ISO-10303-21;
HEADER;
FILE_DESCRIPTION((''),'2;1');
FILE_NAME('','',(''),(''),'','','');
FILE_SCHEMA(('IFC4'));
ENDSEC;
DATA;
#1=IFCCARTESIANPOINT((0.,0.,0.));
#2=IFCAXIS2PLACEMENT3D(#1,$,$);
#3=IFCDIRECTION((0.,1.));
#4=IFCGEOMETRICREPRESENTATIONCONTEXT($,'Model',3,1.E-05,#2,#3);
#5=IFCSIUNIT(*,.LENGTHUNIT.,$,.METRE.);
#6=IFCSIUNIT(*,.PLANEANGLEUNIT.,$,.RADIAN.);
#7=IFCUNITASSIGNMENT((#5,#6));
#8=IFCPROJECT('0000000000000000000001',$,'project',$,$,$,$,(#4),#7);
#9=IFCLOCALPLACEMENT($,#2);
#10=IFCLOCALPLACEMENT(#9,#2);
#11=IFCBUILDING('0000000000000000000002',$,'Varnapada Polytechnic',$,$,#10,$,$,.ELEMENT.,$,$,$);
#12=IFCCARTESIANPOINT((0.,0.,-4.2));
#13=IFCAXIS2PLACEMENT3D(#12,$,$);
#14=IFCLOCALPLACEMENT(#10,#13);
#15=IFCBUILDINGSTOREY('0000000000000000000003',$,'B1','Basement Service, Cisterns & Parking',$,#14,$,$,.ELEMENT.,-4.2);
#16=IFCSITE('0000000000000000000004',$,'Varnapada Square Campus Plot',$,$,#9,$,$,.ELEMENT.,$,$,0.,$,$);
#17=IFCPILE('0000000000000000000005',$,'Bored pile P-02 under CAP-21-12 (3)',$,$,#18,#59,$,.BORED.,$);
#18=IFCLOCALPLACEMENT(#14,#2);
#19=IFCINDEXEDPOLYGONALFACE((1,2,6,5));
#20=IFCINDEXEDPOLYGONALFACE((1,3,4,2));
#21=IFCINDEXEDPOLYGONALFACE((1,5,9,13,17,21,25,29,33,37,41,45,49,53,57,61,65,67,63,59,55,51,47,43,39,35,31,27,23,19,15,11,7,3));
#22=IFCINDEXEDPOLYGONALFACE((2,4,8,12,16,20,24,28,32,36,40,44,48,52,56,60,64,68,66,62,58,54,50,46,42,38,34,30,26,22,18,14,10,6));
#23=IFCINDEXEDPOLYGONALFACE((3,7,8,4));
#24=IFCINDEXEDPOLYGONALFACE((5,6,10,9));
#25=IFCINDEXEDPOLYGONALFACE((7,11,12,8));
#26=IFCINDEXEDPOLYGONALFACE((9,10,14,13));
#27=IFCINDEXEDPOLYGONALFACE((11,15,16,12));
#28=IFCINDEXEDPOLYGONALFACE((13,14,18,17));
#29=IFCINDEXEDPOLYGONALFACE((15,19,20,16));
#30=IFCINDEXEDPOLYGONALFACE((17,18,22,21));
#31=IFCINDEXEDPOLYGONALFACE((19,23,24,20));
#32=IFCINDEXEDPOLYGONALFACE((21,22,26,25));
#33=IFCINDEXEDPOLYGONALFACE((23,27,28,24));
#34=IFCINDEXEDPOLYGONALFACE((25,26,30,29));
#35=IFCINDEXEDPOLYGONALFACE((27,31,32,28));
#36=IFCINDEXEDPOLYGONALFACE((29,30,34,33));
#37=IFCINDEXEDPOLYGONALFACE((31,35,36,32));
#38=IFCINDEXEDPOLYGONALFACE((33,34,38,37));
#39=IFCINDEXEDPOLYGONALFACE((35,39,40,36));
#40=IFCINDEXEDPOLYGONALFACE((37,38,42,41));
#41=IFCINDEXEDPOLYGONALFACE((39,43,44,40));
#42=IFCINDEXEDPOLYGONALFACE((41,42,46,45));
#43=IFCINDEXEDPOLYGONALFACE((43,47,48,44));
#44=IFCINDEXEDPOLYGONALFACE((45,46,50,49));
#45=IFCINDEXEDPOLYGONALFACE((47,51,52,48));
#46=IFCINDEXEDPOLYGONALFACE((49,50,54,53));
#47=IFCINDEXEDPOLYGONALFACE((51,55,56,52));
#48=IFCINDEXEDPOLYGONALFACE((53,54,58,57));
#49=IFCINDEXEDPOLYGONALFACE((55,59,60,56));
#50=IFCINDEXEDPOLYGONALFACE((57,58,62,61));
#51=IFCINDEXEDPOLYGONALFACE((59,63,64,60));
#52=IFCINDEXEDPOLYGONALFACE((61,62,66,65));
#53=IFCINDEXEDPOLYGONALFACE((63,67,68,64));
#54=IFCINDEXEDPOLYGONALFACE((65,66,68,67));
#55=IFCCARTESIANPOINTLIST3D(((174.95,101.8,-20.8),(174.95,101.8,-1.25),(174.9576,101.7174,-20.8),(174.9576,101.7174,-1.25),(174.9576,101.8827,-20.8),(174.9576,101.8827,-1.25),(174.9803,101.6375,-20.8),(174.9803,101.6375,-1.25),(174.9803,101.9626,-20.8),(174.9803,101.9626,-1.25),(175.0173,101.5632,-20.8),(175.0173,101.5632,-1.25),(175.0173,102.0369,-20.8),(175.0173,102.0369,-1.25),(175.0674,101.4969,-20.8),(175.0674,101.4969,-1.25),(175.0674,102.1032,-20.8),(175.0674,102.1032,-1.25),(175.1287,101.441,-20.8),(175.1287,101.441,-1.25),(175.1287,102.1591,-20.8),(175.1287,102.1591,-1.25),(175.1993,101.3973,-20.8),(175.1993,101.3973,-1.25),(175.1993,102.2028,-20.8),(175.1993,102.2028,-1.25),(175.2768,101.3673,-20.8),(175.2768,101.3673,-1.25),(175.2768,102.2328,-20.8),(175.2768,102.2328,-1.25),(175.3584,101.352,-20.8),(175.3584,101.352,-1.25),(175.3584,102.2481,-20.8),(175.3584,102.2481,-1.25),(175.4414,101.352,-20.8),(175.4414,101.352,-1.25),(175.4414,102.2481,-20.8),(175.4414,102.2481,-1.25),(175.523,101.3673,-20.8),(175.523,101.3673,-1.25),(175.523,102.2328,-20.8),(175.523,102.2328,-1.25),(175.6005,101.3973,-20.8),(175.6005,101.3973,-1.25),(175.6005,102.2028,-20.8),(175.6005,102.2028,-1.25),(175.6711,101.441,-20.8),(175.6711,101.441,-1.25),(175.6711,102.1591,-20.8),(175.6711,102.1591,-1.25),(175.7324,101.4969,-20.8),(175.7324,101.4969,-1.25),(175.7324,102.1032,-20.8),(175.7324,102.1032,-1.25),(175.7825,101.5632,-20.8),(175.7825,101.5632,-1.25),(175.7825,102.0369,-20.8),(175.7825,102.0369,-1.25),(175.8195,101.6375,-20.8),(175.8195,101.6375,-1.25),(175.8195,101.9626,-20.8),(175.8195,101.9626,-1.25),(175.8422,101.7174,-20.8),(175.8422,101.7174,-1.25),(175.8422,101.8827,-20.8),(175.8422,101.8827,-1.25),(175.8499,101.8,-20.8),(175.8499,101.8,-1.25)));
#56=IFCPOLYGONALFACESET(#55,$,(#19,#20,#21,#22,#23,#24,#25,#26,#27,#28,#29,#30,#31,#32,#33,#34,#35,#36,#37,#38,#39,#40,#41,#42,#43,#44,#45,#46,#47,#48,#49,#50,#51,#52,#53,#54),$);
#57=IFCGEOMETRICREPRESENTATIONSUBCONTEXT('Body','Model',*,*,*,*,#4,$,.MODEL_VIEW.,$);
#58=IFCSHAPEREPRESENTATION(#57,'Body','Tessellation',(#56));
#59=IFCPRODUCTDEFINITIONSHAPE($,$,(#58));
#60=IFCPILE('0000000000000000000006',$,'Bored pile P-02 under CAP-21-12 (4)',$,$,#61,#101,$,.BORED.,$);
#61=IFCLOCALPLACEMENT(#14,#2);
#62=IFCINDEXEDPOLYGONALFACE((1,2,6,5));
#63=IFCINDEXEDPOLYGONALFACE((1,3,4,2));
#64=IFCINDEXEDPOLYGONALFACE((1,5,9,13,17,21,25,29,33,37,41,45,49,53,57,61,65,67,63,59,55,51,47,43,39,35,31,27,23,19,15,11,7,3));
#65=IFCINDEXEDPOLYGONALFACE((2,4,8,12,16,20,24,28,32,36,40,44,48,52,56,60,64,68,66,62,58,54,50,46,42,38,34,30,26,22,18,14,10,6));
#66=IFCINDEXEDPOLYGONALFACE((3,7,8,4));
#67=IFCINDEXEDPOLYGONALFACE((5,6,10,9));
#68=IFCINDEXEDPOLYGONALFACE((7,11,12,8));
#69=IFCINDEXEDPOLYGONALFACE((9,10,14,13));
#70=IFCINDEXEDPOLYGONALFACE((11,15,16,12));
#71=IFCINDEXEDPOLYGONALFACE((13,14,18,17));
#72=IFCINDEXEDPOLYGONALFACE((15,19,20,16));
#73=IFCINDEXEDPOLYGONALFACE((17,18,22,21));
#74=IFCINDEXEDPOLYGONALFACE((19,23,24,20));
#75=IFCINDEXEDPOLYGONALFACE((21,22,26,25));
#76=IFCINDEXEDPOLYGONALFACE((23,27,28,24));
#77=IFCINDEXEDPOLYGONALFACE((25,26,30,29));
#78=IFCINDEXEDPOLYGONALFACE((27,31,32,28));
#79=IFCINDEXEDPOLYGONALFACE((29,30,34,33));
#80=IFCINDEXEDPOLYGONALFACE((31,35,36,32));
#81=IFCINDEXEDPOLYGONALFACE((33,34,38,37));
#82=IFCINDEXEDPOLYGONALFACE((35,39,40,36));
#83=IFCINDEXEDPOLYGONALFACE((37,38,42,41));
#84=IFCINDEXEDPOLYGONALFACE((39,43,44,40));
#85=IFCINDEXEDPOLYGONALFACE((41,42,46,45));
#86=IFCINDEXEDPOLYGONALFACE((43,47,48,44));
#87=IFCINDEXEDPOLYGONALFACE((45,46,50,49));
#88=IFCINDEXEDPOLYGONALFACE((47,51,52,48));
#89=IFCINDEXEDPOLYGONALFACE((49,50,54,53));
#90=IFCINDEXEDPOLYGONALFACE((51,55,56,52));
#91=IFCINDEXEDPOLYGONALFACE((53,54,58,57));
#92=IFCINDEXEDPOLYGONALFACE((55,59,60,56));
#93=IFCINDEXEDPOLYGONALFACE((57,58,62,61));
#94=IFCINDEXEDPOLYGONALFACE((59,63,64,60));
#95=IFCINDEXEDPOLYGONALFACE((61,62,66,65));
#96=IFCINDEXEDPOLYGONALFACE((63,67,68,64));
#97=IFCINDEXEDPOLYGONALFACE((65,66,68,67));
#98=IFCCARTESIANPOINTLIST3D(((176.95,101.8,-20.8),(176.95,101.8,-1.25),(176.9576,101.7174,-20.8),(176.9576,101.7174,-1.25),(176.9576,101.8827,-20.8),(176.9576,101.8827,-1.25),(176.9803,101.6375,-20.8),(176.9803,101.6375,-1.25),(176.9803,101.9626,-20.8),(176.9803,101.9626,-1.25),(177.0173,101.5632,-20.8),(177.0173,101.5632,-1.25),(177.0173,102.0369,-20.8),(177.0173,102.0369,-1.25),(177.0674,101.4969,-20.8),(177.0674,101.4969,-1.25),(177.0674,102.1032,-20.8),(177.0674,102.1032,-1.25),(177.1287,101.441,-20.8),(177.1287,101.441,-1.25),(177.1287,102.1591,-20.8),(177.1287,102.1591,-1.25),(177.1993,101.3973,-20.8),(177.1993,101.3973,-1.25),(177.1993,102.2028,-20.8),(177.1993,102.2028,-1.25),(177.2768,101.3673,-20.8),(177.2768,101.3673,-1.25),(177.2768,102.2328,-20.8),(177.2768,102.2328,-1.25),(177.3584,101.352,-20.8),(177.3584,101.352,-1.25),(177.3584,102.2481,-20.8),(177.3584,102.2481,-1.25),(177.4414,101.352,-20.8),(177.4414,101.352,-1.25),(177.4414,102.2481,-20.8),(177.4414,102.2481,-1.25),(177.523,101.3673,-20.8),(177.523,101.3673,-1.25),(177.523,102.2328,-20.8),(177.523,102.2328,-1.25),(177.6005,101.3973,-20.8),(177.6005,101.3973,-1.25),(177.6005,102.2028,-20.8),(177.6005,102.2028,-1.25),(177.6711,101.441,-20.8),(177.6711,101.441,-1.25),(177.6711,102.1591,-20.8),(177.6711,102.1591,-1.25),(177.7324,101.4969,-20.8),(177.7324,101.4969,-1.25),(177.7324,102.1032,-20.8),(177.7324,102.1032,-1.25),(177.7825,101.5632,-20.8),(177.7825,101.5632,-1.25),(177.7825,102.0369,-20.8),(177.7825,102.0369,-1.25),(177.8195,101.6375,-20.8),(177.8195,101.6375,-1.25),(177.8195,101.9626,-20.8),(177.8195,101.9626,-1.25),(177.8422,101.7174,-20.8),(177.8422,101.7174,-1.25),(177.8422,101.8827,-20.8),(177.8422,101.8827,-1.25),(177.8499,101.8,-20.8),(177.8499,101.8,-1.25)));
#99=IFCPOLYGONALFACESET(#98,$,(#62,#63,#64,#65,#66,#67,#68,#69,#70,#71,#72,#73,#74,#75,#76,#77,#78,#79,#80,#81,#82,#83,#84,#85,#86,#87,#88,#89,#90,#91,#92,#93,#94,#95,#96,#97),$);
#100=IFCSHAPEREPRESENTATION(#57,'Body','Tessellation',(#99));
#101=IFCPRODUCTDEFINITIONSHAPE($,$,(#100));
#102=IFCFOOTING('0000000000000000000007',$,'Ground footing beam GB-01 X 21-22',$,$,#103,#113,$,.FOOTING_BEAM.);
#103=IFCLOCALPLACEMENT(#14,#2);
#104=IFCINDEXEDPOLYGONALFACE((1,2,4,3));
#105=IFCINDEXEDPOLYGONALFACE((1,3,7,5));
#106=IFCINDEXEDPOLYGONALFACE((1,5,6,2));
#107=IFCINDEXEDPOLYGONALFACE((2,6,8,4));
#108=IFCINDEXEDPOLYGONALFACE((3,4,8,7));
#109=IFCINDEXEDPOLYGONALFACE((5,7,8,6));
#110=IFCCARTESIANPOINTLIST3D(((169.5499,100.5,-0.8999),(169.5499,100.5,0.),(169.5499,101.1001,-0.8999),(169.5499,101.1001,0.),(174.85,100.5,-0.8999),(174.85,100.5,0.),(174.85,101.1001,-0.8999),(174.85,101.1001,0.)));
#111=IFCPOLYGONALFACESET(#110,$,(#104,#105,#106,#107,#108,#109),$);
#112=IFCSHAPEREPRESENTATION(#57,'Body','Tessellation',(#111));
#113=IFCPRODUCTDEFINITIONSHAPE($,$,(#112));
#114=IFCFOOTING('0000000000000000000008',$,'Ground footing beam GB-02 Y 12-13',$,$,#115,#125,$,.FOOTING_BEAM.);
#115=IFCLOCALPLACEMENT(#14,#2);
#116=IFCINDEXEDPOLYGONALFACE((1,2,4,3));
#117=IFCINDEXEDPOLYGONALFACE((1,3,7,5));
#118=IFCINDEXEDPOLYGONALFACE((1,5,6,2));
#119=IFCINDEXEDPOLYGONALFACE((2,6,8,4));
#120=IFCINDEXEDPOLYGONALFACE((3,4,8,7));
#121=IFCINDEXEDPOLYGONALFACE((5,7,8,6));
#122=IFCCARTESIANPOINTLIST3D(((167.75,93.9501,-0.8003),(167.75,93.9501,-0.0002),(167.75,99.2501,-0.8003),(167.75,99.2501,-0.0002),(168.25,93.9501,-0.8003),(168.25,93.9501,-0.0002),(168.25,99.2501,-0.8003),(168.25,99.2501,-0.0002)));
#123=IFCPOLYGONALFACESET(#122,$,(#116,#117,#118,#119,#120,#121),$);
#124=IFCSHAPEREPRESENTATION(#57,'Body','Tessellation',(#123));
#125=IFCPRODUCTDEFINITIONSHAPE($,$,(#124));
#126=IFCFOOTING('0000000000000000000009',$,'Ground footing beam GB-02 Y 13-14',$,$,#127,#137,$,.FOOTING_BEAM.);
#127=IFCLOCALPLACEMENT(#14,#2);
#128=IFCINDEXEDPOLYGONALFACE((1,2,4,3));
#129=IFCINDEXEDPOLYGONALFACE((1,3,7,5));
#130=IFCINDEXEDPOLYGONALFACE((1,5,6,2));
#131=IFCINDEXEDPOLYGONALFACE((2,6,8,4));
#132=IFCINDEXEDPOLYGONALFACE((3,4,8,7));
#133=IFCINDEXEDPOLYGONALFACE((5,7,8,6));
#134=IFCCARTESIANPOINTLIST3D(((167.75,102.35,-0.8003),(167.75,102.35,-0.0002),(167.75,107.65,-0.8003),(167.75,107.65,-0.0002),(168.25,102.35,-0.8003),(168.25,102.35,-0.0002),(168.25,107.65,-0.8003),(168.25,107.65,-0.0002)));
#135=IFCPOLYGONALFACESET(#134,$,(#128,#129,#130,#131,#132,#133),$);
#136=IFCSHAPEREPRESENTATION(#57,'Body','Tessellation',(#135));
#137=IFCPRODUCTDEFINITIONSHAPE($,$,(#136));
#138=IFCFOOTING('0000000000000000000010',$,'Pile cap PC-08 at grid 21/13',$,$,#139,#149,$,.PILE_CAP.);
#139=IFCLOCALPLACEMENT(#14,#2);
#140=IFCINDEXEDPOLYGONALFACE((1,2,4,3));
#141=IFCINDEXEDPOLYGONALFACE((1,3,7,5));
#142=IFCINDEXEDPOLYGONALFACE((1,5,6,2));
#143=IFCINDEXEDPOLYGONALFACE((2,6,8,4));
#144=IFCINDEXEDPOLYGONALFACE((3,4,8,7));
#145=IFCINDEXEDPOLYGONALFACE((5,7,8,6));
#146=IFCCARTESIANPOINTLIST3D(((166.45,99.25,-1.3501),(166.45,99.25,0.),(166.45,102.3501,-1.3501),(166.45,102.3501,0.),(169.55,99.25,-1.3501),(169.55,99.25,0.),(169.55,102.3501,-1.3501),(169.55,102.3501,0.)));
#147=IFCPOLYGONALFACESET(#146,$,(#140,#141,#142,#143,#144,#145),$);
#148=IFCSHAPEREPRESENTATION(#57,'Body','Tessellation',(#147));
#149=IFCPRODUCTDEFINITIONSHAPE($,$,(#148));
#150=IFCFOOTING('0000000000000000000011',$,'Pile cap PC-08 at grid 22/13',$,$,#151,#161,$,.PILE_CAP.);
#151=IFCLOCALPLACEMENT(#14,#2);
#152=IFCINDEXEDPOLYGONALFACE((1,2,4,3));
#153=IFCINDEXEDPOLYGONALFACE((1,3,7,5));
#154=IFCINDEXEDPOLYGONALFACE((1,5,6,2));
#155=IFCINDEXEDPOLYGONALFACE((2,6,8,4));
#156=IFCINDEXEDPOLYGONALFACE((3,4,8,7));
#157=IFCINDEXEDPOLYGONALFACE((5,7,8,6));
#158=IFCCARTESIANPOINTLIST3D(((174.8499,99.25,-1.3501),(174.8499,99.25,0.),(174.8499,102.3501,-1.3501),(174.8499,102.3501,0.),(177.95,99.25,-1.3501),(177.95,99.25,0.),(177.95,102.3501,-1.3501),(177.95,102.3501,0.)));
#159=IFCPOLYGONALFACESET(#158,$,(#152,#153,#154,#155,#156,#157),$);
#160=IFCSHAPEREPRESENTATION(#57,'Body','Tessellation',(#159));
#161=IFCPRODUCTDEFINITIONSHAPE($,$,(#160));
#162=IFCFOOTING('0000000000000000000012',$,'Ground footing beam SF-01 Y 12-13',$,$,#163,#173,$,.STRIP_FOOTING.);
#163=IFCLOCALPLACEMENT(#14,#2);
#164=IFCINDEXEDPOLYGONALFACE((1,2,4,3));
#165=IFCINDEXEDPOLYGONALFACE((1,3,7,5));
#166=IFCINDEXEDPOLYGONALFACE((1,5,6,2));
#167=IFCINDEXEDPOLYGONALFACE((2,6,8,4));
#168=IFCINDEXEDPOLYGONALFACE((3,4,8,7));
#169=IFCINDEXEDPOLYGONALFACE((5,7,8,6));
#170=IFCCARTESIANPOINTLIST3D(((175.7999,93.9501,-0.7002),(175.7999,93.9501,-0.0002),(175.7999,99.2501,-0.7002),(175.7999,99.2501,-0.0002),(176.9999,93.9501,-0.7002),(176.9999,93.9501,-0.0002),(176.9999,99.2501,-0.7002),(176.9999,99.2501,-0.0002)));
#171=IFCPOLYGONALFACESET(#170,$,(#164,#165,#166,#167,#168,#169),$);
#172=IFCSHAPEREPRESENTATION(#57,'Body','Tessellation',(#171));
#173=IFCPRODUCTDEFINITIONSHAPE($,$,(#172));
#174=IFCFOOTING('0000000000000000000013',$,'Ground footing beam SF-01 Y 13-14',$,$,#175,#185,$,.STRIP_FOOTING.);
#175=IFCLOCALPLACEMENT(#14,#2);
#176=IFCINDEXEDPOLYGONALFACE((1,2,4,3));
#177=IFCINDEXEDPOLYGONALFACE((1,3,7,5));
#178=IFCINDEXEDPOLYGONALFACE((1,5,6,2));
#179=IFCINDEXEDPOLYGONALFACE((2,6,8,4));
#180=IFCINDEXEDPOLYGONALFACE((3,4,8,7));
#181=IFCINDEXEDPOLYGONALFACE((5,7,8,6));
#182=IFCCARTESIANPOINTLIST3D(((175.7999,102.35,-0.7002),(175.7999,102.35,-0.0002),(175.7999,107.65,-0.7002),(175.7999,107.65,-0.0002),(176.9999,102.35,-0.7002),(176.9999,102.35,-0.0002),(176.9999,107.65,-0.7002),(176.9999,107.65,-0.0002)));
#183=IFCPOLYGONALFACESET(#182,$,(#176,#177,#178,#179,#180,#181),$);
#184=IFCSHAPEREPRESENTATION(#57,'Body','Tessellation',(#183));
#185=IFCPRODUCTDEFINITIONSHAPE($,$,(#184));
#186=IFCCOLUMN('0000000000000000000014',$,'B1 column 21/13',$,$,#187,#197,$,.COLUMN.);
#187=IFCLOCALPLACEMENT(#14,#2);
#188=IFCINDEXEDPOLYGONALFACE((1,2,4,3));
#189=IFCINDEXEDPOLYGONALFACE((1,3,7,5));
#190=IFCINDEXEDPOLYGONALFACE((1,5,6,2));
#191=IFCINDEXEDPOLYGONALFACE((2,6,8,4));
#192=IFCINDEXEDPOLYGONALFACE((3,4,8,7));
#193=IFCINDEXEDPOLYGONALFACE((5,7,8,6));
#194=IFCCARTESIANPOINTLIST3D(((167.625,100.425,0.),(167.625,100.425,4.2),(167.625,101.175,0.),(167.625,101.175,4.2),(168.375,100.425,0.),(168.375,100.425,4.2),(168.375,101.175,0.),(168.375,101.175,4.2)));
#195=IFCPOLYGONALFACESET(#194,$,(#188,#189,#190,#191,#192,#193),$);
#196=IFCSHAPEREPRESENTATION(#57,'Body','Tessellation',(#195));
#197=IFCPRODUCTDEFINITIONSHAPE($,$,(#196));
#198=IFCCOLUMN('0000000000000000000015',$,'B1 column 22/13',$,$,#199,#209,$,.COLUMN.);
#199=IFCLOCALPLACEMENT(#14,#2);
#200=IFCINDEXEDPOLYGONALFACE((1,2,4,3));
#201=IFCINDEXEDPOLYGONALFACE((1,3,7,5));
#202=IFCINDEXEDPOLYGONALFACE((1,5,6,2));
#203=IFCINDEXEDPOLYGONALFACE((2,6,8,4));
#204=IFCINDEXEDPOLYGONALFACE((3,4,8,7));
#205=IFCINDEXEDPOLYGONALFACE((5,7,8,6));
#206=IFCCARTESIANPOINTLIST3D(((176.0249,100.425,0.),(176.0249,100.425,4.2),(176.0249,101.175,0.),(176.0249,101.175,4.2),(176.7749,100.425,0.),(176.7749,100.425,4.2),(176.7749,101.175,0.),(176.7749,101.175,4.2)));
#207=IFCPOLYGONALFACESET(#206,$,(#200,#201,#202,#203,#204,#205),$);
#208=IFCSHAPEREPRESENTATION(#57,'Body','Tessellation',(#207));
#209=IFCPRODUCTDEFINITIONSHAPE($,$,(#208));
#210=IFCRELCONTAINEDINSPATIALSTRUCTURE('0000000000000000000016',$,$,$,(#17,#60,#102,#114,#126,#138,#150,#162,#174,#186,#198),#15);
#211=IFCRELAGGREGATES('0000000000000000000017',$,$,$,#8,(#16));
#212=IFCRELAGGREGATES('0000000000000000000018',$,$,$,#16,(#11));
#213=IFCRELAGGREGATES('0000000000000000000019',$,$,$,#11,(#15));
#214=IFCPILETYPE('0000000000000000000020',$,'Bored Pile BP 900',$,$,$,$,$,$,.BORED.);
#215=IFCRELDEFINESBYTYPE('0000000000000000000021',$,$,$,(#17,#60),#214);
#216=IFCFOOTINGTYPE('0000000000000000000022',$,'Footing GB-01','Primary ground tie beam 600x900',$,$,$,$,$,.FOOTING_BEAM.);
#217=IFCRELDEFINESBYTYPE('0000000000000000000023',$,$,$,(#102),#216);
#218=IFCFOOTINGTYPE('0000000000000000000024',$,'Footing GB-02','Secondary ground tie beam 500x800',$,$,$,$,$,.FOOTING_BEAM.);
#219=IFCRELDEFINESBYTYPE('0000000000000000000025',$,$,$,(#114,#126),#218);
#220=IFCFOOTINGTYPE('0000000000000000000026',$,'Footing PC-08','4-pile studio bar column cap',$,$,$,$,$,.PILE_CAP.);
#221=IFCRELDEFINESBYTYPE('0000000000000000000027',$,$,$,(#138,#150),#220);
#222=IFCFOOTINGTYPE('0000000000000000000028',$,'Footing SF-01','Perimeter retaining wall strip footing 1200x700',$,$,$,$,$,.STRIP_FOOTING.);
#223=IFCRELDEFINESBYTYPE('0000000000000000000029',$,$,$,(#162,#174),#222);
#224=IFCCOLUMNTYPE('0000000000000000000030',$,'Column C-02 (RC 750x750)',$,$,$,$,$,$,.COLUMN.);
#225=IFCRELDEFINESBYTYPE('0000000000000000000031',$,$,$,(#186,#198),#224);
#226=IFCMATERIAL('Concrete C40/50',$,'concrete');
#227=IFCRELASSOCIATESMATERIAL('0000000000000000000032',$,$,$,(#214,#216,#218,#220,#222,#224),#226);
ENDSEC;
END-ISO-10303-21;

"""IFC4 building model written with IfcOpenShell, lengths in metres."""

from ifc_helpers import new_model, si_unit, direction, frame, origin, origin_2d, place, context, subcontext, project, spatial, rectangle, circle, extrude, material, material_profile, profile_set, type_object, element, save


model = new_model("IFC4")

# Units and contexts
model_context = context("Model", 3, precision=1e-05, world=origin(), true_north=direction((0.0, 1.0)))
body_context = subcontext(model_context, "Body", "Model", "MODEL_VIEW")
ifc_project = project(units=[si_unit("LENGTHUNIT", "METRE"), si_unit("PLANEANGLEUNIT", "RADIAN")], contexts=[model_context])

# Site, building, storey
site_placement = place(None, origin())
site = spatial("IfcSite", under=ifc_project, at=site_placement, Name="Varnapada Square Campus Plot", CompositionType="ELEMENT", RefElevation=0.0)
building_placement = place(site_placement, origin())
building = spatial("IfcBuilding", under=site, at=building_placement, Name="Varnapada Polytechnic", CompositionType="ELEMENT")
storey_placement = place(building_placement, frame((0.0, 0.0, -4.2)))
storey = spatial("IfcBuildingStorey", under=building, at=storey_placement, Name="B1", Description="Basement Service, Cisterns & Parking", CompositionType="ELEMENT", Elevation=-4.2)

# Piles
ifc_material_1 = material(Name="Concrete C40/50", Category="concrete")
ifc_material_profile_1 = material_profile(ifc_material_1, circle(Radius=0.45, at=origin_2d()), Name="BP 900")
ifc_profile_set_1 = profile_set([ifc_material_profile_1], Name="Concrete C40/50")
pile_type = type_object("IfcPileType", Name="Bored Pile BP 900", PredefinedType="BORED", material=ifc_profile_set_1)
for number, where, z_axis, x_axis, name in (
    (1, (175.3999, 101.8, -1.25), (0.0, 0.0, -1.0), (1.0, 0.0, 0.0), "Bored pile P-02 under CAP-21-12 (3)"),
    (2, (177.3999, 101.8, -1.25), (0.0, 0.0, -1.0), (1.0, 0.0, 0.0), "Bored pile P-02 under CAP-21-12 (4)"),
):
    element("IfcPile", number, at=place(storey_placement, frame(where, z_axis=z_axis, x_axis=x_axis)), inside=storey, type_object=pile_type, Name=name, PredefinedType="BORED", context=body_context, shape_type="SweptSolid", body=[
        extrude(circle(Radius=0.45, at=origin_2d()), origin(), (0.0, 0.0, 1.0), 19.55),
    ])

# Footings
footing_type_1 = type_object("IfcFootingType", Name="Footing GB-01", Description="Primary ground tie beam 600x900", PredefinedType="FOOTING_BEAM", material=ifc_material_1)
footing_placement = place(storey_placement, frame((172.2, 100.8, -0.8999), z_axis=(0.0, 0.0, 1.0), x_axis=(1.0, 0.0, 0.0)))
element("IfcFooting", 3, at=footing_placement, inside=storey, type_object=footing_type_1, Name="Ground footing beam GB-01 X 21-22", PredefinedType="FOOTING_BEAM", context=body_context, shape_type="SweptSolid", body=[
    extrude(rectangle(XDim=5.3, YDim=0.6001, at=origin_2d()), origin(), (0.0, 0.0, 1.0), 0.8999),
])
footing_type_2 = type_object("IfcFootingType", Name="Footing GB-02", Description="Secondary ground tie beam 500x800", PredefinedType="FOOTING_BEAM", material=ifc_material_1)
for number, where, z_axis, x_axis, name in (
    (4, (168.0, 96.6001, -0.8003), (0.0, 0.0, 1.0), (0.0, 1.0, 0.0), "Ground footing beam GB-02 Y 12-13"),
    (5, (168.0, 105.0, -0.8003), (0.0, 0.0, 1.0), (0.0, 1.0, 0.0), "Ground footing beam GB-02 Y 13-14"),
):
    element("IfcFooting", number, at=place(storey_placement, frame(where, z_axis=z_axis, x_axis=x_axis)), inside=storey, type_object=footing_type_2, Name=name, PredefinedType="FOOTING_BEAM", context=body_context, shape_type="SweptSolid", body=[
        extrude(rectangle(XDim=5.3, YDim=0.5, at=origin_2d()), origin(), (0.0, 0.0, 1.0), 0.8),
    ])
footing_type_3 = type_object("IfcFootingType", Name="Footing PC-08", Description="4-pile studio bar column cap", PredefinedType="PILE_CAP", material=ifc_material_1)
for number, where, z_axis, x_axis, name in (
    (6, (168.0, 100.8, -1.3501), (0.0, 0.0, 1.0), (1.0, 0.0, 0.0), "Pile cap PC-08 at grid 21/13"),
    (7, (176.3999, 100.8, -1.3501), (0.0, 0.0, 1.0), (1.0, 0.0, 0.0), "Pile cap PC-08 at grid 22/13"),
):
    element("IfcFooting", number, at=place(storey_placement, frame(where, z_axis=z_axis, x_axis=x_axis)), inside=storey, type_object=footing_type_3, Name=name, PredefinedType="PILE_CAP", context=body_context, shape_type="SweptSolid", body=[
        extrude(rectangle(XDim=3.1001, YDim=3.1001, at=origin_2d()), origin(), (0.0, 0.0, 1.0), 1.3501),
    ])
footing_type_4 = type_object("IfcFootingType", Name="Footing SF-01", Description="Perimeter retaining wall strip footing 1200x700", PredefinedType="STRIP_FOOTING", material=ifc_material_1)
for number, where, z_axis, x_axis, name in (
    (8, (176.3999, 96.6001, -0.7002), (0.0, 0.0, 1.0), (0.0, 1.0, 0.0), "Ground footing beam SF-01 Y 12-13"),
    (9, (176.3999, 105.0, -0.7002), (0.0, 0.0, 1.0), (0.0, 1.0, 0.0), "Ground footing beam SF-01 Y 13-14"),
):
    element("IfcFooting", number, at=place(storey_placement, frame(where, z_axis=z_axis, x_axis=x_axis)), inside=storey, type_object=footing_type_4, Name=name, PredefinedType="STRIP_FOOTING", context=body_context, shape_type="SweptSolid", body=[
        extrude(rectangle(XDim=5.3, YDim=1.2, at=origin_2d()), origin(), (0.0, 0.0, 1.0), 0.7),
    ])

# Columns
ifc_material_profile_2 = material_profile(ifc_material_1, rectangle(XDim=0.75, YDim=0.75, at=origin_2d()), Name="RC 750x750")
ifc_profile_set_2 = profile_set([ifc_material_profile_2], Name="Concrete C40/50")
column_type = type_object("IfcColumnType", Name="Column C-02 (RC 750x750)", PredefinedType="COLUMN", material=ifc_profile_set_2)
for number, where, z_axis, x_axis, name in (
    (10, (168.0, 100.8, 0.0), (0.0, 0.0, 1.0), (1.0, 0.0, 0.0), "B1 column 21/13"),
    (11, (176.3999, 100.8, 0.0), (0.0, 0.0, 1.0), (1.0, 0.0, 0.0), "B1 column 22/13"),
):
    element("IfcColumn", number, at=place(storey_placement, frame(where, z_axis=z_axis, x_axis=x_axis)), inside=storey, type_object=column_type, Name=name, PredefinedType="COLUMN", context=body_context, shape_type="SweptSolid", body=[
        extrude(rectangle(XDim=0.75, YDim=0.75, at=origin_2d()), origin(), (0.0, 0.0, 1.0), 4.2),
    ])

save(model, "model.ifc")
